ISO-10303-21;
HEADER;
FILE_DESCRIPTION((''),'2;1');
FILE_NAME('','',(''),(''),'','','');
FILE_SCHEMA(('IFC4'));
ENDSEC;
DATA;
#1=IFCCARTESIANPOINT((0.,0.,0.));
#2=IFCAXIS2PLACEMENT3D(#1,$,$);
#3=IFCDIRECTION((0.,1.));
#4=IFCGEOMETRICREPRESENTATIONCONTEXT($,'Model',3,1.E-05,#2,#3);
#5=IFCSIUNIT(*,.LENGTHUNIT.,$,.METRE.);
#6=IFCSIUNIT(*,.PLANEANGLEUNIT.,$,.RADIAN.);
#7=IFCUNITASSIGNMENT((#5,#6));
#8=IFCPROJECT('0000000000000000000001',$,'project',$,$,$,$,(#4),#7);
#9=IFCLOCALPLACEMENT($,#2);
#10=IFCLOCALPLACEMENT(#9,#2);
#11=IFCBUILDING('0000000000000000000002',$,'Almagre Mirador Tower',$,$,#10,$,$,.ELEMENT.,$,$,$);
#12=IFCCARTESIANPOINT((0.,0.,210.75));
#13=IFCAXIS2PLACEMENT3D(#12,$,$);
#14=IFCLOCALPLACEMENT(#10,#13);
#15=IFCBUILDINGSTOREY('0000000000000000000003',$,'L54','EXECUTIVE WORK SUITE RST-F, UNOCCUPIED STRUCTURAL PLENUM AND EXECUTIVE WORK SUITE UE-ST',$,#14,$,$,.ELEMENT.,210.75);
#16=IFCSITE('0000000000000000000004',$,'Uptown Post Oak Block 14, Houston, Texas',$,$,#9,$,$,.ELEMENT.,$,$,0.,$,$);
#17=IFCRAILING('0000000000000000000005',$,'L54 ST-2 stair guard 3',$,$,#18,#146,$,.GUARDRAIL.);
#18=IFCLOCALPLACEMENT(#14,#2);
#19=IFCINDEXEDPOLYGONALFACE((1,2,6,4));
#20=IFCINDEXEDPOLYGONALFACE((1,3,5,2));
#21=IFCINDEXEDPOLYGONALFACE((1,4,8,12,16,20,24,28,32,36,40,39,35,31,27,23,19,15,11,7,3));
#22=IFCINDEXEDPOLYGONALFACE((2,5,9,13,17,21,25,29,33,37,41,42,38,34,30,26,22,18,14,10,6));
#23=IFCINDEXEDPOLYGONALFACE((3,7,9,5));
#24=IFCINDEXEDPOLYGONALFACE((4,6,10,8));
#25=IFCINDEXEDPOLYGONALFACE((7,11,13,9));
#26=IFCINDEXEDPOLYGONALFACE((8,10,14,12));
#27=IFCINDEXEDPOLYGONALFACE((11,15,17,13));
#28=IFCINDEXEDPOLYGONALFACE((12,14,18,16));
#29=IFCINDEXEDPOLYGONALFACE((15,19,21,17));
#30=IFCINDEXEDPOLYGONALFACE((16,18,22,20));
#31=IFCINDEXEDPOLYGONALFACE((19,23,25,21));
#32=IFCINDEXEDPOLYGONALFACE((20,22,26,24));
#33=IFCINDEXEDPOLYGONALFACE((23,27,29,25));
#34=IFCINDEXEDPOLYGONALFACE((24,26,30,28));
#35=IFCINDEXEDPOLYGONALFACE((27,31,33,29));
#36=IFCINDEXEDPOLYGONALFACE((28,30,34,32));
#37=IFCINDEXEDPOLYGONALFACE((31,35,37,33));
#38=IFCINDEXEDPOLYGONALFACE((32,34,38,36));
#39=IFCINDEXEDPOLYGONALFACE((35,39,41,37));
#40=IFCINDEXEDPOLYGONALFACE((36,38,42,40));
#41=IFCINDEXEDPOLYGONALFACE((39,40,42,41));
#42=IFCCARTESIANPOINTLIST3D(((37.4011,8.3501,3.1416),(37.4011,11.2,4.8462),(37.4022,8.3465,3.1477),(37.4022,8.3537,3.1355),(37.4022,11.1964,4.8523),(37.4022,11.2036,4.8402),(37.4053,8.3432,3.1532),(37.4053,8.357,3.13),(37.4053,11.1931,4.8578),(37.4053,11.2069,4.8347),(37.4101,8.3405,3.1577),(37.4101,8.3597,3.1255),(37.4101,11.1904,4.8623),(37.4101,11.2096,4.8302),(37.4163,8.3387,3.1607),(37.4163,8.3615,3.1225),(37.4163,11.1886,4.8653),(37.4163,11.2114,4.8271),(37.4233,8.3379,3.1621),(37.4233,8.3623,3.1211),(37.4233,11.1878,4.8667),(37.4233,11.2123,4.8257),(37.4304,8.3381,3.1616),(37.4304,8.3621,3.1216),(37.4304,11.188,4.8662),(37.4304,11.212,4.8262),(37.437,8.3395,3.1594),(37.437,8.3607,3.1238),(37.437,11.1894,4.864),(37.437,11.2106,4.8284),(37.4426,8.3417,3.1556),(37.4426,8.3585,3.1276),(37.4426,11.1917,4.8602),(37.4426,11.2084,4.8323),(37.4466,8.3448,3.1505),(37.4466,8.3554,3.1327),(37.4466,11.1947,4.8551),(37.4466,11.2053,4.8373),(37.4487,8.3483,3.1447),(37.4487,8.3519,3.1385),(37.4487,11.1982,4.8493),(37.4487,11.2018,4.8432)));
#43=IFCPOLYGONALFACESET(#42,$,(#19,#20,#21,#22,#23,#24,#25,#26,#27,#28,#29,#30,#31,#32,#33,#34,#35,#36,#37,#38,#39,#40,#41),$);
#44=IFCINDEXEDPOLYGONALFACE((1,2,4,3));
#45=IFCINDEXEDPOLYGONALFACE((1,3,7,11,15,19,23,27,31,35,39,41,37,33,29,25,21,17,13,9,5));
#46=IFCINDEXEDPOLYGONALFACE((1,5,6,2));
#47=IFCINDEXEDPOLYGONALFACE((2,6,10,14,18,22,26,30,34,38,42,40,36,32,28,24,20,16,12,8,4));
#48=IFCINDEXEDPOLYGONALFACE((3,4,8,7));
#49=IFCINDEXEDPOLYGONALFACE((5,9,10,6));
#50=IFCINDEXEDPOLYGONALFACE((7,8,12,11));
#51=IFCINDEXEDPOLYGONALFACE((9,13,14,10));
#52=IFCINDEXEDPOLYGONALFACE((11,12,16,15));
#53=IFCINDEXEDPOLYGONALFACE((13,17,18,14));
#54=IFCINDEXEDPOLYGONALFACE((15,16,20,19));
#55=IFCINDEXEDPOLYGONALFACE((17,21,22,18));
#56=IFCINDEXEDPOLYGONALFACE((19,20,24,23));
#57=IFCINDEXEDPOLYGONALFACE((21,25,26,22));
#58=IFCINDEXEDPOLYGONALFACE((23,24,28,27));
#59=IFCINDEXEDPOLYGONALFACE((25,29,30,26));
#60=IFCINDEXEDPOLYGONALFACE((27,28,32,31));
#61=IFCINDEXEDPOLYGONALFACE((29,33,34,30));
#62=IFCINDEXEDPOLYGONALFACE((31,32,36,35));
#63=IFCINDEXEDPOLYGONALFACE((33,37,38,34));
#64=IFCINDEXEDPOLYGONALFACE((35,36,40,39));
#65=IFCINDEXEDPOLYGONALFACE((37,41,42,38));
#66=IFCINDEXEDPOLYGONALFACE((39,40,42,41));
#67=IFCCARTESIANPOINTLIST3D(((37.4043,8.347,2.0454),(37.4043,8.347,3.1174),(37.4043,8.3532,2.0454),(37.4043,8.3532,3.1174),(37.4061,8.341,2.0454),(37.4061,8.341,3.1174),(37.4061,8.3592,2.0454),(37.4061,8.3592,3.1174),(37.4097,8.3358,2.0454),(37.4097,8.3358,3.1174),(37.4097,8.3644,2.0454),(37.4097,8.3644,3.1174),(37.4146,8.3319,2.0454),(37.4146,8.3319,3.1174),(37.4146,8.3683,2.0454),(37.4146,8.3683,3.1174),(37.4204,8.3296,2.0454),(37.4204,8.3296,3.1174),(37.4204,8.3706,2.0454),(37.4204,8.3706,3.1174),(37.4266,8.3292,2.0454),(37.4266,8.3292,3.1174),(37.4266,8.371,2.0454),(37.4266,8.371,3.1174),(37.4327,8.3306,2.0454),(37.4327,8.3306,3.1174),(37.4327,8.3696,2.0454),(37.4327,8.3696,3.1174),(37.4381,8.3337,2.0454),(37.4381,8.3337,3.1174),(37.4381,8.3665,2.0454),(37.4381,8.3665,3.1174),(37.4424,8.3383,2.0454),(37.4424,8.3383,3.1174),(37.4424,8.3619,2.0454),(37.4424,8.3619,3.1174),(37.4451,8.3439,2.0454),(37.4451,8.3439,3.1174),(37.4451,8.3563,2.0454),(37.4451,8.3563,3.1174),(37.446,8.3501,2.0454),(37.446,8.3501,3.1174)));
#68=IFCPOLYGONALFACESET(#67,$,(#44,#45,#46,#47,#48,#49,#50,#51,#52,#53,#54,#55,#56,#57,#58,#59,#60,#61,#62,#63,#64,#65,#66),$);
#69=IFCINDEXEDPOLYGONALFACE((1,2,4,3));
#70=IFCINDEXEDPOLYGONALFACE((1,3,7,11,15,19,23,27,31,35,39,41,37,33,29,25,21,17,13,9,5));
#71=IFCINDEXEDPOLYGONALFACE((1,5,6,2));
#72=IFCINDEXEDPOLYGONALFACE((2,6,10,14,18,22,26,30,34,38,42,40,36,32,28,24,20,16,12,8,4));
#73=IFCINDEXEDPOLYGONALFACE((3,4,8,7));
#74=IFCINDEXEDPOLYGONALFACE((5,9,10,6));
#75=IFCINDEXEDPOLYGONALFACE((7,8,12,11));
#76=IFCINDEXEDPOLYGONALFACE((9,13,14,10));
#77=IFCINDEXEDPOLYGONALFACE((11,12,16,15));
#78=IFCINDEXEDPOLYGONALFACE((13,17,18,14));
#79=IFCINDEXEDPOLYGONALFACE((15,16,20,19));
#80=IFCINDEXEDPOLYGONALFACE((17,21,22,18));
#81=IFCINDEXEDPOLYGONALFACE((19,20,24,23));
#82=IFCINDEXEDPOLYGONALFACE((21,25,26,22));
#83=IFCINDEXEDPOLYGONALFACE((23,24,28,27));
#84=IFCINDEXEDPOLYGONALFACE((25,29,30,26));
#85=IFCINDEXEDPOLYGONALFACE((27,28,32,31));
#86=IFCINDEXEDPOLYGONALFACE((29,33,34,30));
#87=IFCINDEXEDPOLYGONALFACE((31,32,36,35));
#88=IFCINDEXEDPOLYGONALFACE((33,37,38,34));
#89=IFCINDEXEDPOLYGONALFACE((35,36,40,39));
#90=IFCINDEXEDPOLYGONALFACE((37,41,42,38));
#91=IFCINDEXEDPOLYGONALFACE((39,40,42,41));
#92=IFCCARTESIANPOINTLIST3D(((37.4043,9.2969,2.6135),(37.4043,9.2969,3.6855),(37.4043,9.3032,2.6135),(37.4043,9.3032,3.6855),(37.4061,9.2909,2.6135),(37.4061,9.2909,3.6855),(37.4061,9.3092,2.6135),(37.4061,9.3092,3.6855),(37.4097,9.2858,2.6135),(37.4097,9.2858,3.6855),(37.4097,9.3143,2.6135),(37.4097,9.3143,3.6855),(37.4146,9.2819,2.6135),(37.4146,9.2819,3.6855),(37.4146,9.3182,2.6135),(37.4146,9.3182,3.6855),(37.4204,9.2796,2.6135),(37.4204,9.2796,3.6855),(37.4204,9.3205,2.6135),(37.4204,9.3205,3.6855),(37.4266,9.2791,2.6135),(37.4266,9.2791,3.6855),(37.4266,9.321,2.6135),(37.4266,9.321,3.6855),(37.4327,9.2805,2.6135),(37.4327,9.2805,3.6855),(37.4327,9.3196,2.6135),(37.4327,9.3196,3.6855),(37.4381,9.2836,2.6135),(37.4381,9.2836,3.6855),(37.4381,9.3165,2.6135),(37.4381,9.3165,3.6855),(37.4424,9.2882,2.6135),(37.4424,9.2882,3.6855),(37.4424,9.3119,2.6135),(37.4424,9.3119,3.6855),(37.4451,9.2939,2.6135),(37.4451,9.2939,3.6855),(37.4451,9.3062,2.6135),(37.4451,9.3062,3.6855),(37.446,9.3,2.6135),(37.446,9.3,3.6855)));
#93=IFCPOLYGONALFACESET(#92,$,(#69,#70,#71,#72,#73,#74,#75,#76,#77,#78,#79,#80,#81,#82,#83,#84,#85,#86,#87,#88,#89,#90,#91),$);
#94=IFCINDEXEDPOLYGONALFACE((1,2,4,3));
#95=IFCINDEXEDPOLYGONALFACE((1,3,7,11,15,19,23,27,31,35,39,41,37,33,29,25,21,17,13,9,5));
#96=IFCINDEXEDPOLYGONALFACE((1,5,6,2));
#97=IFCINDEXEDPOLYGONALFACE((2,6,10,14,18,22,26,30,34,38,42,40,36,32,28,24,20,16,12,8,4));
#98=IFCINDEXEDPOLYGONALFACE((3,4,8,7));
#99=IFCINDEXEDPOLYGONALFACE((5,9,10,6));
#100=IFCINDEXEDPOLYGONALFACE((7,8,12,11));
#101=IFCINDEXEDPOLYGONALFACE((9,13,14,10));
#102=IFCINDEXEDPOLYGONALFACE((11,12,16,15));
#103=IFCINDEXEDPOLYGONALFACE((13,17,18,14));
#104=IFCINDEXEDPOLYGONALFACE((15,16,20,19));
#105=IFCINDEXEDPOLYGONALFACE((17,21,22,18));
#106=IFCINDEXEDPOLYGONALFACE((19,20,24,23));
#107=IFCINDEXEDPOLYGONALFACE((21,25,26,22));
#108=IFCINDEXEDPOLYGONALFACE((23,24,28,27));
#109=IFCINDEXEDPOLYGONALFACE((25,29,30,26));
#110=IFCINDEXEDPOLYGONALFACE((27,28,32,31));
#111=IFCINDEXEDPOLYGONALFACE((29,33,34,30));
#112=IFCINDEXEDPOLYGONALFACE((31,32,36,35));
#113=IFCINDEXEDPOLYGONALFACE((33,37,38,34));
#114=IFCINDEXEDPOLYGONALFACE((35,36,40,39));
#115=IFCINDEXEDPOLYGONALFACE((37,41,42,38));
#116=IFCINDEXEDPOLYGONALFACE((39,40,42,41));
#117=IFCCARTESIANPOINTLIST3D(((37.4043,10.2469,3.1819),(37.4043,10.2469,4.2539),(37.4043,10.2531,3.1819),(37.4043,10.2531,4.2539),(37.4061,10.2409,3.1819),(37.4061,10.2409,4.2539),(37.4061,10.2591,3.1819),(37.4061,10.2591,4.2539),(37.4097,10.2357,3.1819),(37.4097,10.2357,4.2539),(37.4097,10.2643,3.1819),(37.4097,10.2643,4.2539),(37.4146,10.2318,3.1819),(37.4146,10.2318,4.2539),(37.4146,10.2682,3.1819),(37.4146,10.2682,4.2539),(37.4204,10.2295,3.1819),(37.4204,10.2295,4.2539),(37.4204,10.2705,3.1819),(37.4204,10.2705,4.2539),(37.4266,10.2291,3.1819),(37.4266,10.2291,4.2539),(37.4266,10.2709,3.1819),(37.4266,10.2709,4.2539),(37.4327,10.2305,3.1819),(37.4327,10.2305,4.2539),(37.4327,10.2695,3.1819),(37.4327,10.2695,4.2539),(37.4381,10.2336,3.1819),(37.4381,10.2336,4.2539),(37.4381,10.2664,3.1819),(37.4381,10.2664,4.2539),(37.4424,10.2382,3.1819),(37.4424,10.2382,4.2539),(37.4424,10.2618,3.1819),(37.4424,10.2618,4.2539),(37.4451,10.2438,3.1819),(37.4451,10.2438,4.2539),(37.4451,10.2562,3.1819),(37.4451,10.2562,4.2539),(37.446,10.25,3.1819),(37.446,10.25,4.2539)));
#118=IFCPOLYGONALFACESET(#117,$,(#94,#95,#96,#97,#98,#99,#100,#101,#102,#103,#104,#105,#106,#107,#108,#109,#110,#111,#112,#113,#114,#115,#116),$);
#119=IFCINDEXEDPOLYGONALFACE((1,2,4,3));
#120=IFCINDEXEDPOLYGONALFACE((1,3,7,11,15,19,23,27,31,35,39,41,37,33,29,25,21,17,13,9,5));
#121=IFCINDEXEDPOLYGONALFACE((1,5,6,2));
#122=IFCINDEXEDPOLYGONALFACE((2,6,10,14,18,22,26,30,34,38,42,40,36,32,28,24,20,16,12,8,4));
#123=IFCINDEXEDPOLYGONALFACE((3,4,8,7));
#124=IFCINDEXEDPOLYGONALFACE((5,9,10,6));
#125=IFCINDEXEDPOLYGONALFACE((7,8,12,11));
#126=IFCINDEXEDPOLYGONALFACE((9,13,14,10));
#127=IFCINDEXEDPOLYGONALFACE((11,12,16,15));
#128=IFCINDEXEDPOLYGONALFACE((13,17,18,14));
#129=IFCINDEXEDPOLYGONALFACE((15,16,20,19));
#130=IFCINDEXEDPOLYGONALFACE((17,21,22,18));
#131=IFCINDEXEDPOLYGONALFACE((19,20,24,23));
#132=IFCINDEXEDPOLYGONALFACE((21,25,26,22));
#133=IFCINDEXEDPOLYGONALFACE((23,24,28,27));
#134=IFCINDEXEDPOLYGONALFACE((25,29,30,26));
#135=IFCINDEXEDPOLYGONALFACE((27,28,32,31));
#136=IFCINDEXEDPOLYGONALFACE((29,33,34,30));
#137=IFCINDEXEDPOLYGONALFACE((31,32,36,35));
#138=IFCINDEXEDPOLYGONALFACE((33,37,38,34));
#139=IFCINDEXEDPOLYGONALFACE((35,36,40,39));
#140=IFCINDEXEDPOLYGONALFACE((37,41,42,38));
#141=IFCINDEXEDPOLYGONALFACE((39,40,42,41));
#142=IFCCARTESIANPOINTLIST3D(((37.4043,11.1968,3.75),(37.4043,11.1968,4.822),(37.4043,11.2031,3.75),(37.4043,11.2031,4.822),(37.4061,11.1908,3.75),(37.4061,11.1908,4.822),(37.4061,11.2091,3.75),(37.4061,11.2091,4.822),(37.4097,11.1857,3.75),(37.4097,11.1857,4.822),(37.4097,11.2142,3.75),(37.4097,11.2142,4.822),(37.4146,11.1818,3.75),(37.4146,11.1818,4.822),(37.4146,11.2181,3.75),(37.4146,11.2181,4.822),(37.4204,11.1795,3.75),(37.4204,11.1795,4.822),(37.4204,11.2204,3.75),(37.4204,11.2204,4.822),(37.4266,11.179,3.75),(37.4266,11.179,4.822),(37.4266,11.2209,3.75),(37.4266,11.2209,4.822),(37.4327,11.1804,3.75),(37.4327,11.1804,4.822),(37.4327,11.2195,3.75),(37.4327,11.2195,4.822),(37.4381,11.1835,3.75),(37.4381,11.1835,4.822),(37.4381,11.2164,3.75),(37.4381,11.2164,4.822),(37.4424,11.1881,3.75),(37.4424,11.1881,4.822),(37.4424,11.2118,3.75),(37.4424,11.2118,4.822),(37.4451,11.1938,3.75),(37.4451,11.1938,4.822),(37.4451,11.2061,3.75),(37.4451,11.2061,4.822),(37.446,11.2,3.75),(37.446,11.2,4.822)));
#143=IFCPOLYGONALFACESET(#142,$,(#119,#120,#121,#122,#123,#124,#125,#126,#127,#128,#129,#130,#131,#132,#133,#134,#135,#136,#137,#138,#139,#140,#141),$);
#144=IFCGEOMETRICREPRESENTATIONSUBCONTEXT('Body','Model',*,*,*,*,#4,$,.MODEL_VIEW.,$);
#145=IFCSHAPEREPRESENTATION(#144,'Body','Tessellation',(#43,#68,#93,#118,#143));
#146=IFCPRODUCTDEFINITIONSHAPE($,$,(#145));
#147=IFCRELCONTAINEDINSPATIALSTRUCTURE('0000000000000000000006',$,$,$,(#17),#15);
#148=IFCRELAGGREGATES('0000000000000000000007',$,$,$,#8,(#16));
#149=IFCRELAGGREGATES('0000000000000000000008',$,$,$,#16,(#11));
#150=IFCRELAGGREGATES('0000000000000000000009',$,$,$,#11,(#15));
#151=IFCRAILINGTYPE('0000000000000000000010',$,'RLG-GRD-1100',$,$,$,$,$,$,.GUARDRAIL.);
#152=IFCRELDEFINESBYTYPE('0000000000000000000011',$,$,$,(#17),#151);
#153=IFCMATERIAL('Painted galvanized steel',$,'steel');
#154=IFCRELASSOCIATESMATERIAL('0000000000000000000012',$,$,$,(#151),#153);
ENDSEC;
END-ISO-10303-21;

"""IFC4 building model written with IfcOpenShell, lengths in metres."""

from ifc_helpers import new_model, si_unit, direction, frame, origin, origin_2d, place, context, subcontext, project, spatial, circle, extrude, material, type_object, element, save


model = new_model("IFC4")

# Units and contexts
model_context = context("Model", 3, precision=1e-05, world=origin(), true_north=direction((0.0, 1.0)))
body_context = subcontext(model_context, "Body", "Model", "MODEL_VIEW")
ifc_project = project(units=[si_unit("LENGTHUNIT", "METRE"), si_unit("PLANEANGLEUNIT", "RADIAN")], contexts=[model_context])

# Site, building, storey
site_placement = place(None, origin())
site = spatial("IfcSite", under=ifc_project, at=site_placement, Name="Uptown Post Oak Block 14, Houston, Texas", CompositionType="ELEMENT", RefElevation=0.0)
building_placement = place(site_placement, origin())
building = spatial("IfcBuilding", under=site, at=building_placement, Name="Almagre Mirador Tower", CompositionType="ELEMENT")
storey_placement = place(building_placement, frame((0.0, 0.0, 210.75)))
storey = spatial("IfcBuildingStorey", under=building, at=storey_placement, Name="L54", Description="EXECUTIVE WORK SUITE RST-F, UNOCCUPIED STRUCTURAL PLENUM AND EXECUTIVE WORK SUITE UE-ST", CompositionType="ELEMENT", Elevation=210.75)

# Railing
ifc_material_1 = material(Name="Painted galvanized steel", Category="steel")
railing_type_1 = type_object("IfcRailingType", Name="RLG-GRD-1100", PredefinedType="GUARDRAIL", material=ifc_material_1)
railing_1_placement = place(storey_placement, frame((37.425, 8.3501, 2.0454)))
element("IfcRailing", 1, at=railing_1_placement, inside=storey, type_object=railing_type_1, Name="L54 ST-2 stair guard 3", PredefinedType="GUARDRAIL", context=body_context, shape_type="SweptSolid", body=[
    extrude(circle(Radius=0.0239, at=origin_2d()), frame((0.0, 0.0, 1.0962), z_axis=(0.0, 0.858199, 0.513317), x_axis=(-1.0, 0.0, 0.0)), (0.0, 0.0, 1.0), 3.3208),
    extrude(circle(Radius=0.021, at=origin_2d()), origin(), (0.0, 0.0, 1.0), 1.072),
    extrude(circle(Radius=0.021, at=origin_2d()), frame((0.0, 0.95, 0.5681)), (0.0, 0.0, 1.0), 1.072),
    extrude(circle(Radius=0.021, at=origin_2d()), frame((0.0, 1.8999, 1.1365)), (0.0, 0.0, 1.0), 1.072),
    extrude(circle(Radius=0.021, at=origin_2d()), frame((0.0, 2.8499, 1.7046)), (0.0, 0.0, 1.0), 1.072),
])

save(model, "model.ifc")
